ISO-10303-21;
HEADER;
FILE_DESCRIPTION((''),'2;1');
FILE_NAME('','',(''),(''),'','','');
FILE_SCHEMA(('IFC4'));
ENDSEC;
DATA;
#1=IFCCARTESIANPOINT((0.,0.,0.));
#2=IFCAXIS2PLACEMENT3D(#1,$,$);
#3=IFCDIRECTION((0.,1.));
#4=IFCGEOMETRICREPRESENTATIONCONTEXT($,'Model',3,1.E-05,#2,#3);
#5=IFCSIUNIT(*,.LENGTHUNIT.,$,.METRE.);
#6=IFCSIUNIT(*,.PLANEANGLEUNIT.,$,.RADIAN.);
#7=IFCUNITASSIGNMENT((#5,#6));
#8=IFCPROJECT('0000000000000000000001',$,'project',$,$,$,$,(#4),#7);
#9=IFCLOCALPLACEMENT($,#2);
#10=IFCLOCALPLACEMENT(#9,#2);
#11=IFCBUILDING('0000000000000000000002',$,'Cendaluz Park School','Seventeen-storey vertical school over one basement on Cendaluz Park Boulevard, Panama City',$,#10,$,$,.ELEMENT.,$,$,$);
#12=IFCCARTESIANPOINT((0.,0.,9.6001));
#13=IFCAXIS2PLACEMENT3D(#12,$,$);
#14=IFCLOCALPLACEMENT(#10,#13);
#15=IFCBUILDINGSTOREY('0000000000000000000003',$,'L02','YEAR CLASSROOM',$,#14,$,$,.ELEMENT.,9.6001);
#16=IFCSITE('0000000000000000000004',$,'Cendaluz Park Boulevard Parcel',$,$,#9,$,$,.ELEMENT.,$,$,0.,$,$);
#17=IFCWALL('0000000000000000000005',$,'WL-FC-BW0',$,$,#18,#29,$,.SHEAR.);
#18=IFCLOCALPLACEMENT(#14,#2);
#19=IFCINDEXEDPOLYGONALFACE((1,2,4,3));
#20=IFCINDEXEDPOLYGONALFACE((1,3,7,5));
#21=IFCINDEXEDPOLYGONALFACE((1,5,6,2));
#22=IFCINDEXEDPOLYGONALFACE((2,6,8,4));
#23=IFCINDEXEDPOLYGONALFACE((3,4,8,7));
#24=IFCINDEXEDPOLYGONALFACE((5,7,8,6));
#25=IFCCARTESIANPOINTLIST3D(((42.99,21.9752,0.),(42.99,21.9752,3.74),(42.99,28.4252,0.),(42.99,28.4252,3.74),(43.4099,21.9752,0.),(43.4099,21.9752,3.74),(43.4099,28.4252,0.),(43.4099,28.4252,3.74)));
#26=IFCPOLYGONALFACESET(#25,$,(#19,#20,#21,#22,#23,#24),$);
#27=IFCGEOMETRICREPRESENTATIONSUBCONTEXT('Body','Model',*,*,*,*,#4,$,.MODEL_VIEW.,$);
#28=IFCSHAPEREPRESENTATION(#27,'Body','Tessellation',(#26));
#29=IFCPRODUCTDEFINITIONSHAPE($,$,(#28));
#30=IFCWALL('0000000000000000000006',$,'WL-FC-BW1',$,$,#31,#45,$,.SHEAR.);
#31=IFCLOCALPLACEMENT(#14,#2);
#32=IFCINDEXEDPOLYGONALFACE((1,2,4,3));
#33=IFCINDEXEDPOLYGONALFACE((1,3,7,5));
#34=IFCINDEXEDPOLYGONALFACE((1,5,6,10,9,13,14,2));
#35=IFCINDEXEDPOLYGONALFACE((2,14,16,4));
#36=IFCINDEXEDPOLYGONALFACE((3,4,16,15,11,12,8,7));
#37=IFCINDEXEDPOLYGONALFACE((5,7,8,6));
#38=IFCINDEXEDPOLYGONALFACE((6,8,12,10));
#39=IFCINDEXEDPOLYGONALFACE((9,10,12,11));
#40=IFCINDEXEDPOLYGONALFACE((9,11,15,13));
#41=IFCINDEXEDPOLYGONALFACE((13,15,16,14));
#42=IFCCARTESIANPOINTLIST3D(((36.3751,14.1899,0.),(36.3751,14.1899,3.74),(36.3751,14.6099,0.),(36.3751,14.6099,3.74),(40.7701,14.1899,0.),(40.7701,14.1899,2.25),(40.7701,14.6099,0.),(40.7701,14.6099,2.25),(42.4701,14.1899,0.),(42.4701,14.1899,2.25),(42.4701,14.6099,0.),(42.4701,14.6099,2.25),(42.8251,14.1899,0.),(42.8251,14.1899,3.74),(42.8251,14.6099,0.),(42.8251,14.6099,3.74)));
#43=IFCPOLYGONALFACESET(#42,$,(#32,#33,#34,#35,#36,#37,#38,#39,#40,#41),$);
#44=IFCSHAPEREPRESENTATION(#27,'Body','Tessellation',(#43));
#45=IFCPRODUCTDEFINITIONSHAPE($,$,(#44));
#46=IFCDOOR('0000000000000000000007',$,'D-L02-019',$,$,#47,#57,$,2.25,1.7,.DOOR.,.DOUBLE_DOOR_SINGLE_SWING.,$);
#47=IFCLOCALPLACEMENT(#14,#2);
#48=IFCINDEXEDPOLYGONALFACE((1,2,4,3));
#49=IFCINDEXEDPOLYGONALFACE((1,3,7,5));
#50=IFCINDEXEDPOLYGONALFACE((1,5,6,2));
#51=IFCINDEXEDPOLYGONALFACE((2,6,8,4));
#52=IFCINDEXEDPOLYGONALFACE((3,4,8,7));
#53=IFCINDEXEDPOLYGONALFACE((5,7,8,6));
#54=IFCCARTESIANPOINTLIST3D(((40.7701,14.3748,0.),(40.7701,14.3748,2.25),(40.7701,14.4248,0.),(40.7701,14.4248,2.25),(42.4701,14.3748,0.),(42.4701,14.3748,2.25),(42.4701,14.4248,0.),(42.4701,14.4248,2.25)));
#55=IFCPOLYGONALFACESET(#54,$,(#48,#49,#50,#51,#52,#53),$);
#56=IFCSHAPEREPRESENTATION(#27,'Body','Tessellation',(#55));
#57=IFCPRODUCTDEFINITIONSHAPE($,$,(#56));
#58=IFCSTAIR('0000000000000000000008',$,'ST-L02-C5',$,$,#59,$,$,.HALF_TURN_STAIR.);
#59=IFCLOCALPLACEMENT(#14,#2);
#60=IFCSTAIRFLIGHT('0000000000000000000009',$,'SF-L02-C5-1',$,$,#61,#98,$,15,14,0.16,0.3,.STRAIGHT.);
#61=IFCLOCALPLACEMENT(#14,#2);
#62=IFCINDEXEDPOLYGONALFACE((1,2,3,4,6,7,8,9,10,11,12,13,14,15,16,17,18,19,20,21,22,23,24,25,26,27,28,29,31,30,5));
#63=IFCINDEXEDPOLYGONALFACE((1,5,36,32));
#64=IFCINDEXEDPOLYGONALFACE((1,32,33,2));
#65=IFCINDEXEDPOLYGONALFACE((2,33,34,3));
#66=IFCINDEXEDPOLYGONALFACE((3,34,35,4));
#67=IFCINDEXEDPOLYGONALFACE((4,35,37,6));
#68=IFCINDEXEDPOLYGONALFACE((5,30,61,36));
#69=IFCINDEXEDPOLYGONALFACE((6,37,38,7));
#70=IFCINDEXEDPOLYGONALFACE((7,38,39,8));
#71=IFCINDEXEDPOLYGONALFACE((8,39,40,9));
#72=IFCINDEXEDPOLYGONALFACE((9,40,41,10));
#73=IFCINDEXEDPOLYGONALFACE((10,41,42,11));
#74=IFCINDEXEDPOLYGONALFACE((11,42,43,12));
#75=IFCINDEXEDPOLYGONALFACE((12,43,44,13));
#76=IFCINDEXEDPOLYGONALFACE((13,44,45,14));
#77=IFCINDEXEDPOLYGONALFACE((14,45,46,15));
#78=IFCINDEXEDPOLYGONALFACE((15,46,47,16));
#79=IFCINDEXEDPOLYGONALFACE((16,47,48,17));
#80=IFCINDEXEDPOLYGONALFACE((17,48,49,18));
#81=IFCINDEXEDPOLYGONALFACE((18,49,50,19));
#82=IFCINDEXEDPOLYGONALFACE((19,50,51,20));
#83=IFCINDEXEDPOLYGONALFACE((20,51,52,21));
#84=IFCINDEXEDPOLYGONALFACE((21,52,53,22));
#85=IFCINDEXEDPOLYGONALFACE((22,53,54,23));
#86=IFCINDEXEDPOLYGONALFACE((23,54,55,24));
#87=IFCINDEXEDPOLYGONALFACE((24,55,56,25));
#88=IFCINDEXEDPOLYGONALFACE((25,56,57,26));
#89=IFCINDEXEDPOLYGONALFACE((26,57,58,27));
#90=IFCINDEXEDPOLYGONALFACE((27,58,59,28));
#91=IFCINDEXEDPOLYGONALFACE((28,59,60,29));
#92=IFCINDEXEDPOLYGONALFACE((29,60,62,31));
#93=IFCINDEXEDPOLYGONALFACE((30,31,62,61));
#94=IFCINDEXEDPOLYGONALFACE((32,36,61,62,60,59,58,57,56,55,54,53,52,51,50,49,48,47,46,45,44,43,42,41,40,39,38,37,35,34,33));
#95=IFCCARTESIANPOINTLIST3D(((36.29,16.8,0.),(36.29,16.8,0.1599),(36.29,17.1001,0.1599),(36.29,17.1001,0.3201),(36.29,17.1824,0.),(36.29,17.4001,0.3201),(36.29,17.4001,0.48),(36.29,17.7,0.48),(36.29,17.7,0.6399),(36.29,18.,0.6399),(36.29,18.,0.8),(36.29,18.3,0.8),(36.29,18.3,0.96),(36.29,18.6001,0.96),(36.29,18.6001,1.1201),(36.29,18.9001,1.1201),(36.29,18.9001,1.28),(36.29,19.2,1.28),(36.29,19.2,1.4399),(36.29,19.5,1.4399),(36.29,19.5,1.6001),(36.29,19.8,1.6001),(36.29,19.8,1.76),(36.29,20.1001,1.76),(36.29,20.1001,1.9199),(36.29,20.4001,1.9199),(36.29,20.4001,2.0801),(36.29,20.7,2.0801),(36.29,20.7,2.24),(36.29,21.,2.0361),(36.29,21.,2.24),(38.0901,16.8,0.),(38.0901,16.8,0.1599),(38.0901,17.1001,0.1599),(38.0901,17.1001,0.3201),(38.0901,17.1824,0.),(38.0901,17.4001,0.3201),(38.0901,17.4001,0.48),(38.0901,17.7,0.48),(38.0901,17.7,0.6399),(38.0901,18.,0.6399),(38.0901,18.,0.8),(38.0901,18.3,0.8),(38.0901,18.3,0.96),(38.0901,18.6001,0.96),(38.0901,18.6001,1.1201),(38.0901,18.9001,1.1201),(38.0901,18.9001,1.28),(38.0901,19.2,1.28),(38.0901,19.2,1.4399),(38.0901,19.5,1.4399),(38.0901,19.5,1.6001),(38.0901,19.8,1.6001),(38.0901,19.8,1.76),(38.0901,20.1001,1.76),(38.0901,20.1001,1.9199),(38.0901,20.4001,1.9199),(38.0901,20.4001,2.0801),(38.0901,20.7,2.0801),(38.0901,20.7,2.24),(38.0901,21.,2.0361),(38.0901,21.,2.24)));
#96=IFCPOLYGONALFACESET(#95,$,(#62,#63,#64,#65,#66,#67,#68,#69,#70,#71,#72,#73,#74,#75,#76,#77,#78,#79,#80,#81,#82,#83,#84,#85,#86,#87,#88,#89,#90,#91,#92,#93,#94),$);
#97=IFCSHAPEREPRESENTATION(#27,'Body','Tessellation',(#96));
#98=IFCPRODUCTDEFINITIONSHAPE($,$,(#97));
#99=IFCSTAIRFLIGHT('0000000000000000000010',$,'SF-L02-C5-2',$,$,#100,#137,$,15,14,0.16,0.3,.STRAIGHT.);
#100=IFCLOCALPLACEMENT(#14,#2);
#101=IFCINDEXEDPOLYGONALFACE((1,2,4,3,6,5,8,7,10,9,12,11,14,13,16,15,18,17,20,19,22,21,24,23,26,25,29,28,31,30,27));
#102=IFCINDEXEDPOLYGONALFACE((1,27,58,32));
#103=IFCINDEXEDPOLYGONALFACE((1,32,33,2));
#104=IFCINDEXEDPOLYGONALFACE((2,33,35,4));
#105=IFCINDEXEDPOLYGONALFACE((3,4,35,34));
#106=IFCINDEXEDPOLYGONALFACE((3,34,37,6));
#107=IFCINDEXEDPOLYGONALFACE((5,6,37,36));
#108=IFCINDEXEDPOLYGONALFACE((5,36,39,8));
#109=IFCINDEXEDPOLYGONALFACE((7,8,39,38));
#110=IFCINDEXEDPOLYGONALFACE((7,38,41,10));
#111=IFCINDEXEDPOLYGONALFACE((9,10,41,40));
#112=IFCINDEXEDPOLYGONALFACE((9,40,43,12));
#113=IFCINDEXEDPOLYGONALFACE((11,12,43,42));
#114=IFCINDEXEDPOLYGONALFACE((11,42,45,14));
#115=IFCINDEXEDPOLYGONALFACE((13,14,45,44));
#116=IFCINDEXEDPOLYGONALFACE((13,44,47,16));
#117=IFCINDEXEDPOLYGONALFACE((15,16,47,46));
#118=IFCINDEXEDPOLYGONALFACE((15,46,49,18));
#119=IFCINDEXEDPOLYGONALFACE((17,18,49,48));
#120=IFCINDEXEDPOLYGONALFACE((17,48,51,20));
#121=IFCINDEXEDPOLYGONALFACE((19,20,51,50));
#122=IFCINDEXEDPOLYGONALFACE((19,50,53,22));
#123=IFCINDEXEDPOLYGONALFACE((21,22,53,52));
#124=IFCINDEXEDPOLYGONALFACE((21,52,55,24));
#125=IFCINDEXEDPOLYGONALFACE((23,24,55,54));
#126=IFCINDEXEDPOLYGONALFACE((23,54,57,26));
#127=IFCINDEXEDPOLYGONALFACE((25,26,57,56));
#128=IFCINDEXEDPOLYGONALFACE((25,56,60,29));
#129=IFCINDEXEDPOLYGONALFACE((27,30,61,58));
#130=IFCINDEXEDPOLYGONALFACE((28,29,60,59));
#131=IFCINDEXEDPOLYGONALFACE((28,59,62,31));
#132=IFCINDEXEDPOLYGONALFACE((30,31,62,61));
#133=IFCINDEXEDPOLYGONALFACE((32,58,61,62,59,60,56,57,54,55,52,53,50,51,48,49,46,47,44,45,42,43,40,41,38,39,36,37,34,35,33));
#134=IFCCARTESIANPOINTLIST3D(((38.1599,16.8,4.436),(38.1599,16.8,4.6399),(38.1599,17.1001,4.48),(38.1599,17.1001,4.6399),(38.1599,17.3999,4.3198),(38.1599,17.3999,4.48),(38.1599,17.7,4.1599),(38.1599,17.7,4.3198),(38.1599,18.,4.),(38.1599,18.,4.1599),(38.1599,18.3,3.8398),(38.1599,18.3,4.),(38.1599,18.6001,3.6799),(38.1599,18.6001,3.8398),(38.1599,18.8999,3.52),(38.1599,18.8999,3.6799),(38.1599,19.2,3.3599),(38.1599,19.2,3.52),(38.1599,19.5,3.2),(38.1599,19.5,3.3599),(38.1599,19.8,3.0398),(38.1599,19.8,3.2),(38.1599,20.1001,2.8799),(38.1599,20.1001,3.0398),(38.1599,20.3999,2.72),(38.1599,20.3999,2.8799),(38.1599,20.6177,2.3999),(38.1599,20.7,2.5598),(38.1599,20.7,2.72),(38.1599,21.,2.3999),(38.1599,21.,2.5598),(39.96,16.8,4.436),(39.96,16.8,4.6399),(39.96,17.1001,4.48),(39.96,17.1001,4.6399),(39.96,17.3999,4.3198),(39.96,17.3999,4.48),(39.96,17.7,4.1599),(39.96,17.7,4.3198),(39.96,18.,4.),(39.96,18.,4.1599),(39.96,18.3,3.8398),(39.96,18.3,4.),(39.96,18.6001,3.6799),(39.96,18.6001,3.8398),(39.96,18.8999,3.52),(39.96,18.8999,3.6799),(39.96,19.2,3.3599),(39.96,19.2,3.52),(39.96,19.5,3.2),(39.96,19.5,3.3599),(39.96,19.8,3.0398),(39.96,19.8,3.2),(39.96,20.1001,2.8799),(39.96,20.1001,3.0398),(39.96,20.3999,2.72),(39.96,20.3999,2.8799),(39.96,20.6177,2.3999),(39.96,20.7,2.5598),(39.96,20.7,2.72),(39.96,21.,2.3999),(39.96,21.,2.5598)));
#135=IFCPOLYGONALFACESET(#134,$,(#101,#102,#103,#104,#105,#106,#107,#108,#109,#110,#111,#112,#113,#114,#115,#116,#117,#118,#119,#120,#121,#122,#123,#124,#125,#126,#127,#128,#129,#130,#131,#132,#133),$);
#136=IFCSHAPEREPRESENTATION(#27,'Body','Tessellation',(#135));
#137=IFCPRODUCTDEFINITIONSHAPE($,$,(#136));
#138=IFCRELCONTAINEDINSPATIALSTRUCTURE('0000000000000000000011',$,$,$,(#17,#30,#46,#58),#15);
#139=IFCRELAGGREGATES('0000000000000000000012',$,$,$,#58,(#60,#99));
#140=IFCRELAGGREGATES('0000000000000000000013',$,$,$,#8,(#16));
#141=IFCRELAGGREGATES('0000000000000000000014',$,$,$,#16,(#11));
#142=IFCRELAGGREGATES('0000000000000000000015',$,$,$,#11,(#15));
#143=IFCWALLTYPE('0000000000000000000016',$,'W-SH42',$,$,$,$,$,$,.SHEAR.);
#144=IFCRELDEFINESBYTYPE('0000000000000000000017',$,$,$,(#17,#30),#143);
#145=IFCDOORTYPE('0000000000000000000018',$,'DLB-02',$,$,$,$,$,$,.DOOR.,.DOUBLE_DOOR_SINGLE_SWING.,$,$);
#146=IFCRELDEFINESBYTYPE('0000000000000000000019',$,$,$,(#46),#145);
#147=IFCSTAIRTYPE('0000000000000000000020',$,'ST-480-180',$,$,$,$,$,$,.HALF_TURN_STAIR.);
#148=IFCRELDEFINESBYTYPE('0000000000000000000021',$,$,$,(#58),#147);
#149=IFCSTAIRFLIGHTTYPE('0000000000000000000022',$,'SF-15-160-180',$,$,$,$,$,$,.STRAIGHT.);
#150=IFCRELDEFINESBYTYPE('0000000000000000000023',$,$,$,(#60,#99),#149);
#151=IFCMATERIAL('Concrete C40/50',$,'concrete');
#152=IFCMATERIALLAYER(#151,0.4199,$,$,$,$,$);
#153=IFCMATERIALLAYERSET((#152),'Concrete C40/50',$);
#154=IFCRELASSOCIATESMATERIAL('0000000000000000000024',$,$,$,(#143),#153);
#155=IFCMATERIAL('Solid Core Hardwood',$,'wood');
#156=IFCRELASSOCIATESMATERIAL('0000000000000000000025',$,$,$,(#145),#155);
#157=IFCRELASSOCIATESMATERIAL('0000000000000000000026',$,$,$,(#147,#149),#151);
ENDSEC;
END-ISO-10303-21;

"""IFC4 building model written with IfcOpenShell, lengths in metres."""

from ifc_helpers import new_model, si_unit, direction, frame, frame_2d, origin, place, context, subcontext, project, spatial, polyline, rectangle, outline, extrude, material, layer, layer_set, type_object, element, fill, aggregate, save


model = new_model("IFC4")

# Units and contexts
model_context = context("Model", 3, precision=1e-05, world=origin(), true_north=direction((0.0, 1.0)))
body_context = subcontext(model_context, "Body", "Model", "MODEL_VIEW")
ifc_project = project(units=[si_unit("LENGTHUNIT", "METRE"), si_unit("PLANEANGLEUNIT", "RADIAN")], contexts=[model_context])

# Site, building, storey
site_placement = place(None, origin())
site = spatial("IfcSite", under=ifc_project, at=site_placement, Name="Cendaluz Park Boulevard Parcel", CompositionType="ELEMENT", RefElevation=0.0)
building_placement = place(site_placement, origin())
building = spatial("IfcBuilding", under=site, at=building_placement, Name="Cendaluz Park School", Description="Seventeen-storey vertical school over one basement on Cendaluz Park Boulevard, Panama City", CompositionType="ELEMENT")
storey_placement = place(building_placement, frame((0.0, 0.0, 9.6001)))
storey = spatial("IfcBuildingStorey", under=building, at=storey_placement, Name="L02", Description="YEAR CLASSROOM", CompositionType="ELEMENT", Elevation=9.6001)

# Shared definitions
ifc_material_1 = material(Name="Concrete C40/50", Category="concrete")

# Shared definitions
ifc_material_2 = material(Name="Solid Core Hardwood", Category="wood")

# Wall
ifc_layer_1 = layer(ifc_material_1, 0.4199)
ifc_layer_set_1 = layer_set([ifc_layer_1], Name="Concrete C40/50")
wall_type_1 = type_object("IfcWallType", Name="W-SH42", PredefinedType="SHEAR", material=ifc_layer_set_1)
wall_1_placement = place(storey_placement, frame((43.2, 21.9751, 0.0), z_axis=(0.0, 0.0, 1.0), x_axis=(0.0, 1.0, 0.0)))
element("IfcWall", 1, at=wall_1_placement, inside=storey, type_object=wall_type_1, Name="WL-FC-BW0", PredefinedType="SHEAR", context=body_context, shape_type="SweptSolid", body=[
    extrude(rectangle(XDim=6.45, YDim=0.4199, at=frame_2d((3.2251, 0.0))), origin(), (0.0, 0.0, 1.0), 3.74),
])

# Wall, opening, door
wall_2_placement = place(storey_placement, frame((36.375, 14.3999, 0.0), z_axis=(0.0, 0.0, 1.0), x_axis=(1.0, 0.0, 0.0)))
wall_2 = element("IfcWall", 2, at=wall_2_placement, inside=storey, type_object=wall_type_1, Name="WL-FC-BW1", PredefinedType="SHEAR", context=body_context, shape_type="SweptSolid", body=[
    extrude(rectangle(XDim=6.45, YDim=0.4199, at=frame_2d((3.2251, 0.0))), origin(), (0.0, 0.0, 1.0), 3.74),
])
opening_1_placement = place(wall_2_placement, frame((4.395, 0.0, 0.0)))
opening_1 = element("IfcOpeningElement", 3, at=opening_1_placement, cuts=wall_2, PredefinedType="OPENING", context=body_context, shape_type="SweptSolid", body=[
    extrude(rectangle(XDim=1.7, YDim=2.25, at=frame_2d((0.8501, 1.125))), frame((0.0, 0.2219, 0.0), z_axis=(0.0, -1.0, 0.0), x_axis=(1.0, 0.0, 0.0)), (0.0, 0.0, 1.0), 0.4438),
])
door_type_1 = type_object("IfcDoorType", Name="DLB-02", OperationType="DOUBLE_DOOR_SINGLE_SWING", PredefinedType="DOOR", material=ifc_material_2)
door_1_placement = place(opening_1_placement, origin())
door_1 = element("IfcDoor", 4, at=door_1_placement, inside=storey, type_object=door_type_1, Name="D-L02-019", OperationType="DOUBLE_DOOR_SINGLE_SWING", OverallHeight=2.25, OverallWidth=1.7, PredefinedType="DOOR", context=body_context, shape_type="SweptSolid", body=[
    extrude(rectangle(XDim=1.7, YDim=2.25, at=frame_2d((0.8501, 1.125))), frame((0.0, 0.0249, 0.0), z_axis=(0.0, -1.0, 0.0), x_axis=(1.0, 0.0, 0.0)), (0.0, 0.0, 1.0), 0.05),
])
fill(opening_1, door_1)

# Stair, stair flights
stair_type = type_object("IfcStairType", Name="ST-480-180", PredefinedType="HALF_TURN_STAIR", material=ifc_material_1)
stair_placement = place(storey_placement, origin())
stair = element("IfcStair", 5, at=stair_placement, inside=storey, type_object=stair_type, Name="ST-L02-C5", PredefinedType="HALF_TURN_STAIR")
stair_flight_type = type_object("IfcStairFlightType", Name="SF-15-160-180", PredefinedType="STRAIGHT", material=ifc_material_1)
stair_flight_1_placement = place(storey_placement, frame((37.1899, 16.8, 0.0), z_axis=(0.0, 0.0, 1.0), x_axis=(0.0, 1.0, 0.0)))
stair_flight_1 = element("IfcStairFlight", 6, at=stair_flight_1_placement, type_object=stair_flight_type, Name="SF-L02-C5-1", NumberOfRisers=15, NumberOfTreads=14, PredefinedType="STRAIGHT", RiserHeight=0.16, TreadLength=0.3, context=body_context, shape_type="SweptSolid", body=[
    extrude(outline(polyline([(0.0, 0.0), (0.0, 0.1599), (0.3, 0.1599), (0.3, 0.3201), (0.6001, 0.3201), (0.6001, 0.48), (0.8999, 0.48), (0.8999, 0.6399), (1.2, 0.6399), (1.2, 0.8), (1.5, 0.8), (1.5, 0.96), (1.8, 0.96), (1.8, 1.1201), (2.1001, 1.1201), (2.1001, 1.28), (2.3999, 1.28), (2.3999, 1.4399), (2.7, 1.4399), (2.7, 1.6001), (3.0, 1.6001), (3.0, 1.76), (3.3, 1.76), (3.3, 1.9199), (3.6001, 1.9199), (3.6001, 2.0801), (3.8999, 2.0801), (3.8999, 2.24), (4.2, 2.24), (4.2, 2.3999), (4.2, 2.0361), (0.3823, 0.0), (0.0, 0.0)])), frame((0.0, 0.8999, 0.0), z_axis=(0.0, -1.0, 0.0), x_axis=(1.0, 0.0, 0.0)), (0.0, 0.0, 1.0), 1.8),
])
stair_flight_2_placement = place(storey_placement, frame((39.0601, 21.0, 2.3999), z_axis=(0.0, 0.0, 1.0), x_axis=(0.0, -1.0, 0.0)))
stair_flight_2 = element("IfcStairFlight", 7, at=stair_flight_2_placement, type_object=stair_flight_type, Name="SF-L02-C5-2", NumberOfRisers=15, NumberOfTreads=14, PredefinedType="STRAIGHT", RiserHeight=0.16, TreadLength=0.3, context=body_context, shape_type="SweptSolid", body=[
    extrude(outline(polyline([(0.0, 0.0), (0.0, 0.1599), (0.3, 0.1599), (0.3, 0.3201), (0.6001, 0.3201), (0.6001, 0.48), (0.8999, 0.48), (0.8999, 0.6399), (1.2, 0.6399), (1.2, 0.8), (1.5, 0.8), (1.5, 0.96), (1.8, 0.96), (1.8, 1.1201), (2.1001, 1.1201), (2.1001, 1.28), (2.3999, 1.28), (2.3999, 1.4399), (2.7, 1.4399), (2.7, 1.6001), (3.0, 1.6001), (3.0, 1.76), (3.3, 1.76), (3.3, 1.9199), (3.6001, 1.9199), (3.6001, 2.0801), (3.8999, 2.0801), (3.8999, 2.24), (4.2, 2.24), (4.2, 2.3999), (4.2, 2.0361), (0.3823, 0.0), (0.0, 0.0)])), frame((0.0, 0.8999, 0.0), z_axis=(0.0, -1.0, 0.0), x_axis=(1.0, 0.0, 0.0)), (0.0, 0.0, 1.0), 1.8),
])
aggregate(stair, [stair_flight_1, stair_flight_2])

save(model, "model.ifc")
